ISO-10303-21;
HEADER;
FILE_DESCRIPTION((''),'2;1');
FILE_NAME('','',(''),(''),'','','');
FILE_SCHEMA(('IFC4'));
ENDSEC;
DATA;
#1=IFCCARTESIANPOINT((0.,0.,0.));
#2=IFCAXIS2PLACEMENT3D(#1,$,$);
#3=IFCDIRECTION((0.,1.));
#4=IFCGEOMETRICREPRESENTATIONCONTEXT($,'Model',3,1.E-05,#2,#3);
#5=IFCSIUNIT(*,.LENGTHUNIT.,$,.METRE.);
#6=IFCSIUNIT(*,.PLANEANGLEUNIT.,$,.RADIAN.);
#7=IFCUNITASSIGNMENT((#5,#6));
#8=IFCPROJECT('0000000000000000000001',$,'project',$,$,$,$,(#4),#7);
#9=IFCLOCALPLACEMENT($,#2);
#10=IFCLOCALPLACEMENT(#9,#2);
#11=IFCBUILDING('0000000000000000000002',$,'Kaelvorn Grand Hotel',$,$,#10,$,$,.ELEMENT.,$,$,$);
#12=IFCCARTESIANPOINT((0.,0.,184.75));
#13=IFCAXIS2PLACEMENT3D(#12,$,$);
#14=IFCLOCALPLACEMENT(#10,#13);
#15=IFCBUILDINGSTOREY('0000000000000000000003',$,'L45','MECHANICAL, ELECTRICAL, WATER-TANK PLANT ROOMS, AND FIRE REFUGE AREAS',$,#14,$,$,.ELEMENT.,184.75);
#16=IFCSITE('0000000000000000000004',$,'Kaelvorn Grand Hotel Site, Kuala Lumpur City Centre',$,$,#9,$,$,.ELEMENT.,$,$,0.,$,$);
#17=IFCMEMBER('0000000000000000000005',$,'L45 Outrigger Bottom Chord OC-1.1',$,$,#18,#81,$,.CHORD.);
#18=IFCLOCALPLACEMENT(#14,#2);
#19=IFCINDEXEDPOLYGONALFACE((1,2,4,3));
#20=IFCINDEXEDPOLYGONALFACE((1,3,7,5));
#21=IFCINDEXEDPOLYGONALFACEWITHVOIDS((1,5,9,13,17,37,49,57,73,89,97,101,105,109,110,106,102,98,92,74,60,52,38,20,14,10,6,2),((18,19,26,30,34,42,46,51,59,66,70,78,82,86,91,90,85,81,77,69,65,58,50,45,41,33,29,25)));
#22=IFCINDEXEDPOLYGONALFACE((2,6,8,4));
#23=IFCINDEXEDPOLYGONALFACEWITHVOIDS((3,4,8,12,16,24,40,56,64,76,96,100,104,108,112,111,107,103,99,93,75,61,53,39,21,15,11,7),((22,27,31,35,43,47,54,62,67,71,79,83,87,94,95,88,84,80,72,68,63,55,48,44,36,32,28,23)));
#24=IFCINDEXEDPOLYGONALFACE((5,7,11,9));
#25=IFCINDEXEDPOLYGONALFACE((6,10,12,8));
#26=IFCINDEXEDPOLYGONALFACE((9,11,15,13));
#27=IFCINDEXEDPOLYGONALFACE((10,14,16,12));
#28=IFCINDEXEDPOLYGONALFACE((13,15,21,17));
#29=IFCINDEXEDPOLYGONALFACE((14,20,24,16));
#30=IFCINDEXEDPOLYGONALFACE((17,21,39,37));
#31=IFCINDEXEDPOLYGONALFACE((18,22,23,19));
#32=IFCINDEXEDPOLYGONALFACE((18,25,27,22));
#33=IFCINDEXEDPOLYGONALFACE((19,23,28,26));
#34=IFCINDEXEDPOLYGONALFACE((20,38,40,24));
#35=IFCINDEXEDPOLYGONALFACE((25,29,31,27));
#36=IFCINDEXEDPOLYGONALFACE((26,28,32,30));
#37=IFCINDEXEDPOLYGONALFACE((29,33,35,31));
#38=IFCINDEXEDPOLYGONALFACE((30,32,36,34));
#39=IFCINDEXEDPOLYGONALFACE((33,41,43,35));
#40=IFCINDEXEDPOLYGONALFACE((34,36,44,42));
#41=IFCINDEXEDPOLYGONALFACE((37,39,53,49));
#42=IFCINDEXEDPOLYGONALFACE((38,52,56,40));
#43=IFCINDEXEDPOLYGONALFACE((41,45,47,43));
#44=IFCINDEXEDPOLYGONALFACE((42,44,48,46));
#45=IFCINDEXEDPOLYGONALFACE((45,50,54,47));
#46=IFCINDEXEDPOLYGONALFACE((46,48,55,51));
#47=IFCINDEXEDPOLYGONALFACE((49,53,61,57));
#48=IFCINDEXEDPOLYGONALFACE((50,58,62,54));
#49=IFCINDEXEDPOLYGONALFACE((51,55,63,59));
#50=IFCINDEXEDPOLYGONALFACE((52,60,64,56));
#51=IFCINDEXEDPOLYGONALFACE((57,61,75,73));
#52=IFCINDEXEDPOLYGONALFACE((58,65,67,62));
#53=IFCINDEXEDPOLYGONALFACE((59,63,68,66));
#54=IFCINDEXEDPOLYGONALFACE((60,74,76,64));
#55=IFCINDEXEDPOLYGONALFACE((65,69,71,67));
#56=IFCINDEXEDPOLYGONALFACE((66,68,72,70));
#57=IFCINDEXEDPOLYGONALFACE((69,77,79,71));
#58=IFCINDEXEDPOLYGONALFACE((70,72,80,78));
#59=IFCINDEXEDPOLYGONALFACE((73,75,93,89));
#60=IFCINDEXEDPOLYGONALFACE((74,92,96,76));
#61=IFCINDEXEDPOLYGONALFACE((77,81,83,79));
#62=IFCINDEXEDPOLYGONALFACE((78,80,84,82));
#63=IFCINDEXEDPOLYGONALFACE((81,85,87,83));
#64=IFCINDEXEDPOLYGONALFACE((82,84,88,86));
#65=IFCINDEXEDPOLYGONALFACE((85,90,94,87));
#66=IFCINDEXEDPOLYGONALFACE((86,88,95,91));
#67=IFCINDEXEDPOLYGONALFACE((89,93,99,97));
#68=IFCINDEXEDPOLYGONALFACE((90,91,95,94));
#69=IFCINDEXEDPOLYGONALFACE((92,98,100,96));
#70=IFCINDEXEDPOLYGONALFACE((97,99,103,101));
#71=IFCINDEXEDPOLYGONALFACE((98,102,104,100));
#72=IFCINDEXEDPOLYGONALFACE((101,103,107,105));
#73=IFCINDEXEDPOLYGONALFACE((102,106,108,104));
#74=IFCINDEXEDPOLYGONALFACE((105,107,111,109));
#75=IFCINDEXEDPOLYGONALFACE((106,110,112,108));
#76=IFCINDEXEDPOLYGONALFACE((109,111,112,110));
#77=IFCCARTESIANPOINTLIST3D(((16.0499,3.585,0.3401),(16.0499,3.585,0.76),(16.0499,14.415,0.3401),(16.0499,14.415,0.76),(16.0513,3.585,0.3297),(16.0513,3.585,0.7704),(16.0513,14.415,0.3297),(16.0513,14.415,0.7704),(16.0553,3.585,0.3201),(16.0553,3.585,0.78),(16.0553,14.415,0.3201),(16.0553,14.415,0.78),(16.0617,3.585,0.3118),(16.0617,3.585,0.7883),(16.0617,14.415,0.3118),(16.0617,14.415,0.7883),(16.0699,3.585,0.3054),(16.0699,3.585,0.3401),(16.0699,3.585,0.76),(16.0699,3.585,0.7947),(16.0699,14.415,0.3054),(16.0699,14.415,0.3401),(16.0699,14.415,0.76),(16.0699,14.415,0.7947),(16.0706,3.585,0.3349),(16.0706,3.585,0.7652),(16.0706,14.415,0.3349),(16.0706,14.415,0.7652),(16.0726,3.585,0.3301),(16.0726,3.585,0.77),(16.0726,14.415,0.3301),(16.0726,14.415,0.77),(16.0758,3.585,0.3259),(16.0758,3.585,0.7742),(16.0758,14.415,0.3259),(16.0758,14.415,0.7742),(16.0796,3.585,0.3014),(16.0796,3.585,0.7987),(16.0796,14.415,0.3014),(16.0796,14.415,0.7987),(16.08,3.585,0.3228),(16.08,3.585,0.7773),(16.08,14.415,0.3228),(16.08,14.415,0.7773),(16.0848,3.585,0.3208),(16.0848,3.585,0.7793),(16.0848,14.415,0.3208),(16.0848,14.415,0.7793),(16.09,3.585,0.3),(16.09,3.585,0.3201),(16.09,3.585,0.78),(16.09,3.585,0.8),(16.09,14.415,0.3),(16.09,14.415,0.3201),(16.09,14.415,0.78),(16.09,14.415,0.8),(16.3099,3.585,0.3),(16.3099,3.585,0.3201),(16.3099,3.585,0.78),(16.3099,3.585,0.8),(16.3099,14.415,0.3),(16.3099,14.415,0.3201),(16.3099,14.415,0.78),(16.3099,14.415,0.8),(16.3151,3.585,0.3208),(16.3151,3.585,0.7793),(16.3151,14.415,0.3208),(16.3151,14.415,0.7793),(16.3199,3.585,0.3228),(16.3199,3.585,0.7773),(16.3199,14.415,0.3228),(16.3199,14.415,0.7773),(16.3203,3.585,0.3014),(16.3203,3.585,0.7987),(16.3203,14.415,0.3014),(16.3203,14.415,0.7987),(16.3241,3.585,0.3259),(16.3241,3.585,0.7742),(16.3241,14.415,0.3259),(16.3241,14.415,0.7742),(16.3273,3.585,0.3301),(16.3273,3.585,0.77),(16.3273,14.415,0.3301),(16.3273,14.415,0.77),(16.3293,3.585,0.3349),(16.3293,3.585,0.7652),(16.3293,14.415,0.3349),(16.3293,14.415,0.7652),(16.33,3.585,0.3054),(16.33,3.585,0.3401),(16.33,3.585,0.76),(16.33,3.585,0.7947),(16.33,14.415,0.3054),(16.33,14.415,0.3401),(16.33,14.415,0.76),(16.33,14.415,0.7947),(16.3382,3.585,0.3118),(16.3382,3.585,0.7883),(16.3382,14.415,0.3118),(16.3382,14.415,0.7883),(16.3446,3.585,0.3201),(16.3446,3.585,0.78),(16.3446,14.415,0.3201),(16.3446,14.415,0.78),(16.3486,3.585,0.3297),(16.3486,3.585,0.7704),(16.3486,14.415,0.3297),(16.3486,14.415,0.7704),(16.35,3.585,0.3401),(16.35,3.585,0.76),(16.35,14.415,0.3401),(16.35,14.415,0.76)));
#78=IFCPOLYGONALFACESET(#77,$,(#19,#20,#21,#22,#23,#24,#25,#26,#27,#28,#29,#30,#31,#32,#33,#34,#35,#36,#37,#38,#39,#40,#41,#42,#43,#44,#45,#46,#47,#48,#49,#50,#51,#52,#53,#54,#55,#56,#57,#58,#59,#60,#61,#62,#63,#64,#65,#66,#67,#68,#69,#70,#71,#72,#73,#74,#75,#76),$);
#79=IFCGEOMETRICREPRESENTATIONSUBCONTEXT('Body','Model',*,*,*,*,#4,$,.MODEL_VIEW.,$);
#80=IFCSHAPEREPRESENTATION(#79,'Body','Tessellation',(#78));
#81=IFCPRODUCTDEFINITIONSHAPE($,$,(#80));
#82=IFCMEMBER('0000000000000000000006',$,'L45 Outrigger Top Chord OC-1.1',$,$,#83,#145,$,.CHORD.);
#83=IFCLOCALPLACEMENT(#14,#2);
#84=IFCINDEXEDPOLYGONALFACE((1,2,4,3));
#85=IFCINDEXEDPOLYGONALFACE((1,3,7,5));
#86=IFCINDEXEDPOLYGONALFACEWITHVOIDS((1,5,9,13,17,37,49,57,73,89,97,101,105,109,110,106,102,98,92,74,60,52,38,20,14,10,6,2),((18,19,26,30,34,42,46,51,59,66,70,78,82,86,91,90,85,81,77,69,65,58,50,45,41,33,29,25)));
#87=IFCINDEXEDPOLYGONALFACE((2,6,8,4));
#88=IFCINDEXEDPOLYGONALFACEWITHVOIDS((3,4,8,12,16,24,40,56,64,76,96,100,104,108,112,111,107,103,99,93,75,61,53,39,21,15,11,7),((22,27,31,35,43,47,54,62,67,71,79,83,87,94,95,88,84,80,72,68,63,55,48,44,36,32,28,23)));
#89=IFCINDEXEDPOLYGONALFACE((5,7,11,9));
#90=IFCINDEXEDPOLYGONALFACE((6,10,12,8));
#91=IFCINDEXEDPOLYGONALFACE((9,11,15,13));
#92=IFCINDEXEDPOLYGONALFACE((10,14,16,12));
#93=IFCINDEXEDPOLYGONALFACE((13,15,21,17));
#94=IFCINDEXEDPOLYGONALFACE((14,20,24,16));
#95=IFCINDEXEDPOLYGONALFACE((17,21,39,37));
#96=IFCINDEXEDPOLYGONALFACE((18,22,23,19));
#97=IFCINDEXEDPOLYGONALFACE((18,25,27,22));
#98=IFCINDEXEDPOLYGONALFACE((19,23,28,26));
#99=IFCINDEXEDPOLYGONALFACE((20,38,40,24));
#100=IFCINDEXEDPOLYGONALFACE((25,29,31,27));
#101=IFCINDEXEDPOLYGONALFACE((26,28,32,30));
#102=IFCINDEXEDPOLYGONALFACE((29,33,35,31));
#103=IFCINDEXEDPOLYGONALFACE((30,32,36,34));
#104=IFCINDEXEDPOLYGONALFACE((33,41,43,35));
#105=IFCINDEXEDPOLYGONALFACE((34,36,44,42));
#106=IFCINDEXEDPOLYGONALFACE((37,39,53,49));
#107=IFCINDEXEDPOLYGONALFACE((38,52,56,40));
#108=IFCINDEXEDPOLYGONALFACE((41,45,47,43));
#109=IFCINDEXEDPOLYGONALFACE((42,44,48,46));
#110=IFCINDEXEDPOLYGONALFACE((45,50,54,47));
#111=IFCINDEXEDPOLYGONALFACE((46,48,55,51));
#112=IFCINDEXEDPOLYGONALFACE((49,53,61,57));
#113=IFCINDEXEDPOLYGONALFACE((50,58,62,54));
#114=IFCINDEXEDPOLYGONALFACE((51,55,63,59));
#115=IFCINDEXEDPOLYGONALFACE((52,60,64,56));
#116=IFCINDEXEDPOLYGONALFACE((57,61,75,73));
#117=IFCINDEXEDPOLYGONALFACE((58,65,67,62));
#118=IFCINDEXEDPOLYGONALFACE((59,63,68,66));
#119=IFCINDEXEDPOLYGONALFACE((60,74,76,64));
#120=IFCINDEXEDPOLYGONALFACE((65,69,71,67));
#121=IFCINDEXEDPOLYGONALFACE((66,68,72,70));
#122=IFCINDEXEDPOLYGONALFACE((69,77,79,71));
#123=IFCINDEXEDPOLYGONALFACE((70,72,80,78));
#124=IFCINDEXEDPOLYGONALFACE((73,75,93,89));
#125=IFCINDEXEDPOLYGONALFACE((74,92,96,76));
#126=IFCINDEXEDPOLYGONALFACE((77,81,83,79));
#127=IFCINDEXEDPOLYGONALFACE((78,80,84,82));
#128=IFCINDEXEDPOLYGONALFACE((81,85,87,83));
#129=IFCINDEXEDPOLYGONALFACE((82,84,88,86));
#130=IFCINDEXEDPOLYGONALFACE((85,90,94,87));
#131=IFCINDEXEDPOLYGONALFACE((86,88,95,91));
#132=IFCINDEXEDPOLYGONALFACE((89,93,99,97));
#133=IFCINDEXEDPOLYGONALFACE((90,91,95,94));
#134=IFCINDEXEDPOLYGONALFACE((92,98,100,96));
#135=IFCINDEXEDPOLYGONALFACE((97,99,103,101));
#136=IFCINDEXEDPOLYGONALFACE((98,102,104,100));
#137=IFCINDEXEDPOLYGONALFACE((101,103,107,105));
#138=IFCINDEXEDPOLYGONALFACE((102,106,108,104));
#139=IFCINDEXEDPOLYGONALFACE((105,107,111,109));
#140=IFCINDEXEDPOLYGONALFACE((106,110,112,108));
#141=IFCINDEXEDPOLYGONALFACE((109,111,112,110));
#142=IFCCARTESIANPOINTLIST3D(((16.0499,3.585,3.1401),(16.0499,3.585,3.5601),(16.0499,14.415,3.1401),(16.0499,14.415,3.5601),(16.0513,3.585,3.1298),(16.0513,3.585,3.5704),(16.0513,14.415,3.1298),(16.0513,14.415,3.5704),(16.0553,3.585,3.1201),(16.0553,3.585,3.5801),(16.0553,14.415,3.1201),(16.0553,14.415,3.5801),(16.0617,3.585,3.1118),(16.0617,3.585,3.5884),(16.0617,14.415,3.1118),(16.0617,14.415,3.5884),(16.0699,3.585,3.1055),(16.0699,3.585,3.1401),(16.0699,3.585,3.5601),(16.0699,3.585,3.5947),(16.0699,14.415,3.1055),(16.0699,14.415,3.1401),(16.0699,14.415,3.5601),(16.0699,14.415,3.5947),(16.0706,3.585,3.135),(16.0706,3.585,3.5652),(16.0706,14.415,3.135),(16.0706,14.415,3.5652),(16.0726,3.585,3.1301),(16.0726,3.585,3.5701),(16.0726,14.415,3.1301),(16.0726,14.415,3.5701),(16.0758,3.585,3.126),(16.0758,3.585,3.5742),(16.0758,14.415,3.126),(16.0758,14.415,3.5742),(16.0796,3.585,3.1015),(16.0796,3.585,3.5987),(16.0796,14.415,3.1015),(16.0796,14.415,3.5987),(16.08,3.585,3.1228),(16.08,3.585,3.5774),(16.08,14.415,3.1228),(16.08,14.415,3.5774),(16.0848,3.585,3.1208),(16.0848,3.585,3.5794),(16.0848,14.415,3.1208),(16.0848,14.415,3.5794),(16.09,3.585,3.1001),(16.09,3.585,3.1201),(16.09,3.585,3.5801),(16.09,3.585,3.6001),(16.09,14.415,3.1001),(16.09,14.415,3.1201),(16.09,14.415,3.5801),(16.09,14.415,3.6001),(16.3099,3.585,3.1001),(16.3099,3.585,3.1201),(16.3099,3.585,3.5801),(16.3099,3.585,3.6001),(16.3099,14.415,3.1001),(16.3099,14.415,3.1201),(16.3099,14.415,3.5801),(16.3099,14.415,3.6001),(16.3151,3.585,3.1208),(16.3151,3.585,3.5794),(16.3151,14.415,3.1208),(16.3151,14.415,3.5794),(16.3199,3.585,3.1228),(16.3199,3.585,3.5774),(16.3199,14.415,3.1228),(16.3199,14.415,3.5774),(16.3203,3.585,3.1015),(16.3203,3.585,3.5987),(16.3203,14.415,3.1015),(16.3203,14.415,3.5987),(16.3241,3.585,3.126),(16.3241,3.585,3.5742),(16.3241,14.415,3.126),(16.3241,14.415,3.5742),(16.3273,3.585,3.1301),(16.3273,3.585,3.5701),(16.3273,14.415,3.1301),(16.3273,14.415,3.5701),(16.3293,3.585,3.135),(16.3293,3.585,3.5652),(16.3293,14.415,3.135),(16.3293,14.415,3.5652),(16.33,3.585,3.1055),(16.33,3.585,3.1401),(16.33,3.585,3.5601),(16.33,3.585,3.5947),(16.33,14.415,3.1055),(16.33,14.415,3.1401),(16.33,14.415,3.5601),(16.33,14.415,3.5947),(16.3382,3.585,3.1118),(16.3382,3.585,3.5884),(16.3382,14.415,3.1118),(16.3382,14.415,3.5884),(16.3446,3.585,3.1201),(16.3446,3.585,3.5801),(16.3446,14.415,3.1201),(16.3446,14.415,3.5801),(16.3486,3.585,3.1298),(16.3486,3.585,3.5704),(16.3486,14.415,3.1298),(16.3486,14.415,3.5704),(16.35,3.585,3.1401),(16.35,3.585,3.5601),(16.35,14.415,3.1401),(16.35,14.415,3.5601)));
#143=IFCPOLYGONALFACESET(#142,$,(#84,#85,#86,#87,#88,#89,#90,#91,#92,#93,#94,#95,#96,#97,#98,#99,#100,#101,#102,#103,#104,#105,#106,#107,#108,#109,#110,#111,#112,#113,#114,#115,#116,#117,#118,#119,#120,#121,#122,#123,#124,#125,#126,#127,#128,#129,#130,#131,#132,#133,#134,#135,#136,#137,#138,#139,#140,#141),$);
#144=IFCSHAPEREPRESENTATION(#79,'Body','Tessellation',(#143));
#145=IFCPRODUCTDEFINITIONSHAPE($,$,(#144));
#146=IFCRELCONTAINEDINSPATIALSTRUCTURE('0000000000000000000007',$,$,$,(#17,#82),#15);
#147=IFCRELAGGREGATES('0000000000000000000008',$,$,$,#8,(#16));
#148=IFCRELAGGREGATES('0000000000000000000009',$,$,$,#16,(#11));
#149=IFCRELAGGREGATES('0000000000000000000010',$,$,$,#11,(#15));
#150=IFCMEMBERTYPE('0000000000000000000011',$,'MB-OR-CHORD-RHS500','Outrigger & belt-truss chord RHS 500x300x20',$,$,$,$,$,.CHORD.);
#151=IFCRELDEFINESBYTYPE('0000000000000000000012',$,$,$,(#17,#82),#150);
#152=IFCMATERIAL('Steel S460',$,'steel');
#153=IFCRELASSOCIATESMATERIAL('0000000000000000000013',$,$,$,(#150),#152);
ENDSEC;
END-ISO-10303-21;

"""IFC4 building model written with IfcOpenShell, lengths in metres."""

from ifc_helpers import new_model, si_unit, direction, frame, origin, origin_2d, place, context, subcontext, project, spatial, hollow_rectangle, extrude, material, material_profile, profile_set, type_object, element, save


model = new_model("IFC4")

# Units and contexts
model_context = context("Model", 3, precision=1e-05, world=origin(), true_north=direction((0.0, 1.0)))
body_context = subcontext(model_context, "Body", "Model", "MODEL_VIEW")
ifc_project = project(units=[si_unit("LENGTHUNIT", "METRE"), si_unit("PLANEANGLEUNIT", "RADIAN")], contexts=[model_context])

# Site, building, storey
site_placement = place(None, origin())
site = spatial("IfcSite", under=ifc_project, at=site_placement, Name="Kaelvorn Grand Hotel Site, Kuala Lumpur City Centre", CompositionType="ELEMENT", RefElevation=0.0)
building_placement = place(site_placement, origin())
building = spatial("IfcBuilding", under=site, at=building_placement, Name="Kaelvorn Grand Hotel", CompositionType="ELEMENT")
storey_placement = place(building_placement, frame((0.0, 0.0, 184.75)))
storey = spatial("IfcBuildingStorey", under=building, at=storey_placement, Name="L45", Description="MECHANICAL, ELECTRICAL, WATER-TANK PLANT ROOMS, AND FIRE REFUGE AREAS", CompositionType="ELEMENT", Elevation=184.75)

# Shared definitions
ifc_material_1 = material(Name="Steel S460", Category="steel")

# Members
ifc_material_profile_1 = material_profile(ifc_material_1, hollow_rectangle(XDim=0.3, YDim=0.5, WallThickness=0.02, InnerFilletRadius=0.02, OuterFilletRadius=0.04, at=origin_2d()), Name="RHS 500x300x20.0")
ifc_profile_set_1 = profile_set([ifc_material_profile_1], Name="Steel S460")
member_type_1 = type_object("IfcMemberType", Name="MB-OR-CHORD-RHS500", Description="Outrigger & belt-truss chord RHS 500x300x20", PredefinedType="CHORD", material=ifc_profile_set_1)
for number, where, z_axis, x_axis, name in (
    (1, (16.2, 3.585, 0.55), (0.0, 1.0, 0.0), (-1.0, 0.0, 0.0), "L45 Outrigger Bottom Chord OC-1.1"),
    (2, (16.2, 3.585, 3.3501), (0.0, 1.0, 0.0), (-1.0, 0.0, 0.0), "L45 Outrigger Top Chord OC-1.1"),
):
    element("IfcMember", number, at=place(storey_placement, frame(where, z_axis=z_axis, x_axis=x_axis)), inside=storey, type_object=member_type_1, Name=name, PredefinedType="CHORD", context=body_context, shape_type="SweptSolid", body=[
        extrude(hollow_rectangle(XDim=0.3, YDim=0.5, WallThickness=0.02, InnerFilletRadius=0.02, OuterFilletRadius=0.04, at=origin_2d()), origin(), (0.0, 0.0, 1.0), 10.8301),
    ])

save(model, "model.ifc")
